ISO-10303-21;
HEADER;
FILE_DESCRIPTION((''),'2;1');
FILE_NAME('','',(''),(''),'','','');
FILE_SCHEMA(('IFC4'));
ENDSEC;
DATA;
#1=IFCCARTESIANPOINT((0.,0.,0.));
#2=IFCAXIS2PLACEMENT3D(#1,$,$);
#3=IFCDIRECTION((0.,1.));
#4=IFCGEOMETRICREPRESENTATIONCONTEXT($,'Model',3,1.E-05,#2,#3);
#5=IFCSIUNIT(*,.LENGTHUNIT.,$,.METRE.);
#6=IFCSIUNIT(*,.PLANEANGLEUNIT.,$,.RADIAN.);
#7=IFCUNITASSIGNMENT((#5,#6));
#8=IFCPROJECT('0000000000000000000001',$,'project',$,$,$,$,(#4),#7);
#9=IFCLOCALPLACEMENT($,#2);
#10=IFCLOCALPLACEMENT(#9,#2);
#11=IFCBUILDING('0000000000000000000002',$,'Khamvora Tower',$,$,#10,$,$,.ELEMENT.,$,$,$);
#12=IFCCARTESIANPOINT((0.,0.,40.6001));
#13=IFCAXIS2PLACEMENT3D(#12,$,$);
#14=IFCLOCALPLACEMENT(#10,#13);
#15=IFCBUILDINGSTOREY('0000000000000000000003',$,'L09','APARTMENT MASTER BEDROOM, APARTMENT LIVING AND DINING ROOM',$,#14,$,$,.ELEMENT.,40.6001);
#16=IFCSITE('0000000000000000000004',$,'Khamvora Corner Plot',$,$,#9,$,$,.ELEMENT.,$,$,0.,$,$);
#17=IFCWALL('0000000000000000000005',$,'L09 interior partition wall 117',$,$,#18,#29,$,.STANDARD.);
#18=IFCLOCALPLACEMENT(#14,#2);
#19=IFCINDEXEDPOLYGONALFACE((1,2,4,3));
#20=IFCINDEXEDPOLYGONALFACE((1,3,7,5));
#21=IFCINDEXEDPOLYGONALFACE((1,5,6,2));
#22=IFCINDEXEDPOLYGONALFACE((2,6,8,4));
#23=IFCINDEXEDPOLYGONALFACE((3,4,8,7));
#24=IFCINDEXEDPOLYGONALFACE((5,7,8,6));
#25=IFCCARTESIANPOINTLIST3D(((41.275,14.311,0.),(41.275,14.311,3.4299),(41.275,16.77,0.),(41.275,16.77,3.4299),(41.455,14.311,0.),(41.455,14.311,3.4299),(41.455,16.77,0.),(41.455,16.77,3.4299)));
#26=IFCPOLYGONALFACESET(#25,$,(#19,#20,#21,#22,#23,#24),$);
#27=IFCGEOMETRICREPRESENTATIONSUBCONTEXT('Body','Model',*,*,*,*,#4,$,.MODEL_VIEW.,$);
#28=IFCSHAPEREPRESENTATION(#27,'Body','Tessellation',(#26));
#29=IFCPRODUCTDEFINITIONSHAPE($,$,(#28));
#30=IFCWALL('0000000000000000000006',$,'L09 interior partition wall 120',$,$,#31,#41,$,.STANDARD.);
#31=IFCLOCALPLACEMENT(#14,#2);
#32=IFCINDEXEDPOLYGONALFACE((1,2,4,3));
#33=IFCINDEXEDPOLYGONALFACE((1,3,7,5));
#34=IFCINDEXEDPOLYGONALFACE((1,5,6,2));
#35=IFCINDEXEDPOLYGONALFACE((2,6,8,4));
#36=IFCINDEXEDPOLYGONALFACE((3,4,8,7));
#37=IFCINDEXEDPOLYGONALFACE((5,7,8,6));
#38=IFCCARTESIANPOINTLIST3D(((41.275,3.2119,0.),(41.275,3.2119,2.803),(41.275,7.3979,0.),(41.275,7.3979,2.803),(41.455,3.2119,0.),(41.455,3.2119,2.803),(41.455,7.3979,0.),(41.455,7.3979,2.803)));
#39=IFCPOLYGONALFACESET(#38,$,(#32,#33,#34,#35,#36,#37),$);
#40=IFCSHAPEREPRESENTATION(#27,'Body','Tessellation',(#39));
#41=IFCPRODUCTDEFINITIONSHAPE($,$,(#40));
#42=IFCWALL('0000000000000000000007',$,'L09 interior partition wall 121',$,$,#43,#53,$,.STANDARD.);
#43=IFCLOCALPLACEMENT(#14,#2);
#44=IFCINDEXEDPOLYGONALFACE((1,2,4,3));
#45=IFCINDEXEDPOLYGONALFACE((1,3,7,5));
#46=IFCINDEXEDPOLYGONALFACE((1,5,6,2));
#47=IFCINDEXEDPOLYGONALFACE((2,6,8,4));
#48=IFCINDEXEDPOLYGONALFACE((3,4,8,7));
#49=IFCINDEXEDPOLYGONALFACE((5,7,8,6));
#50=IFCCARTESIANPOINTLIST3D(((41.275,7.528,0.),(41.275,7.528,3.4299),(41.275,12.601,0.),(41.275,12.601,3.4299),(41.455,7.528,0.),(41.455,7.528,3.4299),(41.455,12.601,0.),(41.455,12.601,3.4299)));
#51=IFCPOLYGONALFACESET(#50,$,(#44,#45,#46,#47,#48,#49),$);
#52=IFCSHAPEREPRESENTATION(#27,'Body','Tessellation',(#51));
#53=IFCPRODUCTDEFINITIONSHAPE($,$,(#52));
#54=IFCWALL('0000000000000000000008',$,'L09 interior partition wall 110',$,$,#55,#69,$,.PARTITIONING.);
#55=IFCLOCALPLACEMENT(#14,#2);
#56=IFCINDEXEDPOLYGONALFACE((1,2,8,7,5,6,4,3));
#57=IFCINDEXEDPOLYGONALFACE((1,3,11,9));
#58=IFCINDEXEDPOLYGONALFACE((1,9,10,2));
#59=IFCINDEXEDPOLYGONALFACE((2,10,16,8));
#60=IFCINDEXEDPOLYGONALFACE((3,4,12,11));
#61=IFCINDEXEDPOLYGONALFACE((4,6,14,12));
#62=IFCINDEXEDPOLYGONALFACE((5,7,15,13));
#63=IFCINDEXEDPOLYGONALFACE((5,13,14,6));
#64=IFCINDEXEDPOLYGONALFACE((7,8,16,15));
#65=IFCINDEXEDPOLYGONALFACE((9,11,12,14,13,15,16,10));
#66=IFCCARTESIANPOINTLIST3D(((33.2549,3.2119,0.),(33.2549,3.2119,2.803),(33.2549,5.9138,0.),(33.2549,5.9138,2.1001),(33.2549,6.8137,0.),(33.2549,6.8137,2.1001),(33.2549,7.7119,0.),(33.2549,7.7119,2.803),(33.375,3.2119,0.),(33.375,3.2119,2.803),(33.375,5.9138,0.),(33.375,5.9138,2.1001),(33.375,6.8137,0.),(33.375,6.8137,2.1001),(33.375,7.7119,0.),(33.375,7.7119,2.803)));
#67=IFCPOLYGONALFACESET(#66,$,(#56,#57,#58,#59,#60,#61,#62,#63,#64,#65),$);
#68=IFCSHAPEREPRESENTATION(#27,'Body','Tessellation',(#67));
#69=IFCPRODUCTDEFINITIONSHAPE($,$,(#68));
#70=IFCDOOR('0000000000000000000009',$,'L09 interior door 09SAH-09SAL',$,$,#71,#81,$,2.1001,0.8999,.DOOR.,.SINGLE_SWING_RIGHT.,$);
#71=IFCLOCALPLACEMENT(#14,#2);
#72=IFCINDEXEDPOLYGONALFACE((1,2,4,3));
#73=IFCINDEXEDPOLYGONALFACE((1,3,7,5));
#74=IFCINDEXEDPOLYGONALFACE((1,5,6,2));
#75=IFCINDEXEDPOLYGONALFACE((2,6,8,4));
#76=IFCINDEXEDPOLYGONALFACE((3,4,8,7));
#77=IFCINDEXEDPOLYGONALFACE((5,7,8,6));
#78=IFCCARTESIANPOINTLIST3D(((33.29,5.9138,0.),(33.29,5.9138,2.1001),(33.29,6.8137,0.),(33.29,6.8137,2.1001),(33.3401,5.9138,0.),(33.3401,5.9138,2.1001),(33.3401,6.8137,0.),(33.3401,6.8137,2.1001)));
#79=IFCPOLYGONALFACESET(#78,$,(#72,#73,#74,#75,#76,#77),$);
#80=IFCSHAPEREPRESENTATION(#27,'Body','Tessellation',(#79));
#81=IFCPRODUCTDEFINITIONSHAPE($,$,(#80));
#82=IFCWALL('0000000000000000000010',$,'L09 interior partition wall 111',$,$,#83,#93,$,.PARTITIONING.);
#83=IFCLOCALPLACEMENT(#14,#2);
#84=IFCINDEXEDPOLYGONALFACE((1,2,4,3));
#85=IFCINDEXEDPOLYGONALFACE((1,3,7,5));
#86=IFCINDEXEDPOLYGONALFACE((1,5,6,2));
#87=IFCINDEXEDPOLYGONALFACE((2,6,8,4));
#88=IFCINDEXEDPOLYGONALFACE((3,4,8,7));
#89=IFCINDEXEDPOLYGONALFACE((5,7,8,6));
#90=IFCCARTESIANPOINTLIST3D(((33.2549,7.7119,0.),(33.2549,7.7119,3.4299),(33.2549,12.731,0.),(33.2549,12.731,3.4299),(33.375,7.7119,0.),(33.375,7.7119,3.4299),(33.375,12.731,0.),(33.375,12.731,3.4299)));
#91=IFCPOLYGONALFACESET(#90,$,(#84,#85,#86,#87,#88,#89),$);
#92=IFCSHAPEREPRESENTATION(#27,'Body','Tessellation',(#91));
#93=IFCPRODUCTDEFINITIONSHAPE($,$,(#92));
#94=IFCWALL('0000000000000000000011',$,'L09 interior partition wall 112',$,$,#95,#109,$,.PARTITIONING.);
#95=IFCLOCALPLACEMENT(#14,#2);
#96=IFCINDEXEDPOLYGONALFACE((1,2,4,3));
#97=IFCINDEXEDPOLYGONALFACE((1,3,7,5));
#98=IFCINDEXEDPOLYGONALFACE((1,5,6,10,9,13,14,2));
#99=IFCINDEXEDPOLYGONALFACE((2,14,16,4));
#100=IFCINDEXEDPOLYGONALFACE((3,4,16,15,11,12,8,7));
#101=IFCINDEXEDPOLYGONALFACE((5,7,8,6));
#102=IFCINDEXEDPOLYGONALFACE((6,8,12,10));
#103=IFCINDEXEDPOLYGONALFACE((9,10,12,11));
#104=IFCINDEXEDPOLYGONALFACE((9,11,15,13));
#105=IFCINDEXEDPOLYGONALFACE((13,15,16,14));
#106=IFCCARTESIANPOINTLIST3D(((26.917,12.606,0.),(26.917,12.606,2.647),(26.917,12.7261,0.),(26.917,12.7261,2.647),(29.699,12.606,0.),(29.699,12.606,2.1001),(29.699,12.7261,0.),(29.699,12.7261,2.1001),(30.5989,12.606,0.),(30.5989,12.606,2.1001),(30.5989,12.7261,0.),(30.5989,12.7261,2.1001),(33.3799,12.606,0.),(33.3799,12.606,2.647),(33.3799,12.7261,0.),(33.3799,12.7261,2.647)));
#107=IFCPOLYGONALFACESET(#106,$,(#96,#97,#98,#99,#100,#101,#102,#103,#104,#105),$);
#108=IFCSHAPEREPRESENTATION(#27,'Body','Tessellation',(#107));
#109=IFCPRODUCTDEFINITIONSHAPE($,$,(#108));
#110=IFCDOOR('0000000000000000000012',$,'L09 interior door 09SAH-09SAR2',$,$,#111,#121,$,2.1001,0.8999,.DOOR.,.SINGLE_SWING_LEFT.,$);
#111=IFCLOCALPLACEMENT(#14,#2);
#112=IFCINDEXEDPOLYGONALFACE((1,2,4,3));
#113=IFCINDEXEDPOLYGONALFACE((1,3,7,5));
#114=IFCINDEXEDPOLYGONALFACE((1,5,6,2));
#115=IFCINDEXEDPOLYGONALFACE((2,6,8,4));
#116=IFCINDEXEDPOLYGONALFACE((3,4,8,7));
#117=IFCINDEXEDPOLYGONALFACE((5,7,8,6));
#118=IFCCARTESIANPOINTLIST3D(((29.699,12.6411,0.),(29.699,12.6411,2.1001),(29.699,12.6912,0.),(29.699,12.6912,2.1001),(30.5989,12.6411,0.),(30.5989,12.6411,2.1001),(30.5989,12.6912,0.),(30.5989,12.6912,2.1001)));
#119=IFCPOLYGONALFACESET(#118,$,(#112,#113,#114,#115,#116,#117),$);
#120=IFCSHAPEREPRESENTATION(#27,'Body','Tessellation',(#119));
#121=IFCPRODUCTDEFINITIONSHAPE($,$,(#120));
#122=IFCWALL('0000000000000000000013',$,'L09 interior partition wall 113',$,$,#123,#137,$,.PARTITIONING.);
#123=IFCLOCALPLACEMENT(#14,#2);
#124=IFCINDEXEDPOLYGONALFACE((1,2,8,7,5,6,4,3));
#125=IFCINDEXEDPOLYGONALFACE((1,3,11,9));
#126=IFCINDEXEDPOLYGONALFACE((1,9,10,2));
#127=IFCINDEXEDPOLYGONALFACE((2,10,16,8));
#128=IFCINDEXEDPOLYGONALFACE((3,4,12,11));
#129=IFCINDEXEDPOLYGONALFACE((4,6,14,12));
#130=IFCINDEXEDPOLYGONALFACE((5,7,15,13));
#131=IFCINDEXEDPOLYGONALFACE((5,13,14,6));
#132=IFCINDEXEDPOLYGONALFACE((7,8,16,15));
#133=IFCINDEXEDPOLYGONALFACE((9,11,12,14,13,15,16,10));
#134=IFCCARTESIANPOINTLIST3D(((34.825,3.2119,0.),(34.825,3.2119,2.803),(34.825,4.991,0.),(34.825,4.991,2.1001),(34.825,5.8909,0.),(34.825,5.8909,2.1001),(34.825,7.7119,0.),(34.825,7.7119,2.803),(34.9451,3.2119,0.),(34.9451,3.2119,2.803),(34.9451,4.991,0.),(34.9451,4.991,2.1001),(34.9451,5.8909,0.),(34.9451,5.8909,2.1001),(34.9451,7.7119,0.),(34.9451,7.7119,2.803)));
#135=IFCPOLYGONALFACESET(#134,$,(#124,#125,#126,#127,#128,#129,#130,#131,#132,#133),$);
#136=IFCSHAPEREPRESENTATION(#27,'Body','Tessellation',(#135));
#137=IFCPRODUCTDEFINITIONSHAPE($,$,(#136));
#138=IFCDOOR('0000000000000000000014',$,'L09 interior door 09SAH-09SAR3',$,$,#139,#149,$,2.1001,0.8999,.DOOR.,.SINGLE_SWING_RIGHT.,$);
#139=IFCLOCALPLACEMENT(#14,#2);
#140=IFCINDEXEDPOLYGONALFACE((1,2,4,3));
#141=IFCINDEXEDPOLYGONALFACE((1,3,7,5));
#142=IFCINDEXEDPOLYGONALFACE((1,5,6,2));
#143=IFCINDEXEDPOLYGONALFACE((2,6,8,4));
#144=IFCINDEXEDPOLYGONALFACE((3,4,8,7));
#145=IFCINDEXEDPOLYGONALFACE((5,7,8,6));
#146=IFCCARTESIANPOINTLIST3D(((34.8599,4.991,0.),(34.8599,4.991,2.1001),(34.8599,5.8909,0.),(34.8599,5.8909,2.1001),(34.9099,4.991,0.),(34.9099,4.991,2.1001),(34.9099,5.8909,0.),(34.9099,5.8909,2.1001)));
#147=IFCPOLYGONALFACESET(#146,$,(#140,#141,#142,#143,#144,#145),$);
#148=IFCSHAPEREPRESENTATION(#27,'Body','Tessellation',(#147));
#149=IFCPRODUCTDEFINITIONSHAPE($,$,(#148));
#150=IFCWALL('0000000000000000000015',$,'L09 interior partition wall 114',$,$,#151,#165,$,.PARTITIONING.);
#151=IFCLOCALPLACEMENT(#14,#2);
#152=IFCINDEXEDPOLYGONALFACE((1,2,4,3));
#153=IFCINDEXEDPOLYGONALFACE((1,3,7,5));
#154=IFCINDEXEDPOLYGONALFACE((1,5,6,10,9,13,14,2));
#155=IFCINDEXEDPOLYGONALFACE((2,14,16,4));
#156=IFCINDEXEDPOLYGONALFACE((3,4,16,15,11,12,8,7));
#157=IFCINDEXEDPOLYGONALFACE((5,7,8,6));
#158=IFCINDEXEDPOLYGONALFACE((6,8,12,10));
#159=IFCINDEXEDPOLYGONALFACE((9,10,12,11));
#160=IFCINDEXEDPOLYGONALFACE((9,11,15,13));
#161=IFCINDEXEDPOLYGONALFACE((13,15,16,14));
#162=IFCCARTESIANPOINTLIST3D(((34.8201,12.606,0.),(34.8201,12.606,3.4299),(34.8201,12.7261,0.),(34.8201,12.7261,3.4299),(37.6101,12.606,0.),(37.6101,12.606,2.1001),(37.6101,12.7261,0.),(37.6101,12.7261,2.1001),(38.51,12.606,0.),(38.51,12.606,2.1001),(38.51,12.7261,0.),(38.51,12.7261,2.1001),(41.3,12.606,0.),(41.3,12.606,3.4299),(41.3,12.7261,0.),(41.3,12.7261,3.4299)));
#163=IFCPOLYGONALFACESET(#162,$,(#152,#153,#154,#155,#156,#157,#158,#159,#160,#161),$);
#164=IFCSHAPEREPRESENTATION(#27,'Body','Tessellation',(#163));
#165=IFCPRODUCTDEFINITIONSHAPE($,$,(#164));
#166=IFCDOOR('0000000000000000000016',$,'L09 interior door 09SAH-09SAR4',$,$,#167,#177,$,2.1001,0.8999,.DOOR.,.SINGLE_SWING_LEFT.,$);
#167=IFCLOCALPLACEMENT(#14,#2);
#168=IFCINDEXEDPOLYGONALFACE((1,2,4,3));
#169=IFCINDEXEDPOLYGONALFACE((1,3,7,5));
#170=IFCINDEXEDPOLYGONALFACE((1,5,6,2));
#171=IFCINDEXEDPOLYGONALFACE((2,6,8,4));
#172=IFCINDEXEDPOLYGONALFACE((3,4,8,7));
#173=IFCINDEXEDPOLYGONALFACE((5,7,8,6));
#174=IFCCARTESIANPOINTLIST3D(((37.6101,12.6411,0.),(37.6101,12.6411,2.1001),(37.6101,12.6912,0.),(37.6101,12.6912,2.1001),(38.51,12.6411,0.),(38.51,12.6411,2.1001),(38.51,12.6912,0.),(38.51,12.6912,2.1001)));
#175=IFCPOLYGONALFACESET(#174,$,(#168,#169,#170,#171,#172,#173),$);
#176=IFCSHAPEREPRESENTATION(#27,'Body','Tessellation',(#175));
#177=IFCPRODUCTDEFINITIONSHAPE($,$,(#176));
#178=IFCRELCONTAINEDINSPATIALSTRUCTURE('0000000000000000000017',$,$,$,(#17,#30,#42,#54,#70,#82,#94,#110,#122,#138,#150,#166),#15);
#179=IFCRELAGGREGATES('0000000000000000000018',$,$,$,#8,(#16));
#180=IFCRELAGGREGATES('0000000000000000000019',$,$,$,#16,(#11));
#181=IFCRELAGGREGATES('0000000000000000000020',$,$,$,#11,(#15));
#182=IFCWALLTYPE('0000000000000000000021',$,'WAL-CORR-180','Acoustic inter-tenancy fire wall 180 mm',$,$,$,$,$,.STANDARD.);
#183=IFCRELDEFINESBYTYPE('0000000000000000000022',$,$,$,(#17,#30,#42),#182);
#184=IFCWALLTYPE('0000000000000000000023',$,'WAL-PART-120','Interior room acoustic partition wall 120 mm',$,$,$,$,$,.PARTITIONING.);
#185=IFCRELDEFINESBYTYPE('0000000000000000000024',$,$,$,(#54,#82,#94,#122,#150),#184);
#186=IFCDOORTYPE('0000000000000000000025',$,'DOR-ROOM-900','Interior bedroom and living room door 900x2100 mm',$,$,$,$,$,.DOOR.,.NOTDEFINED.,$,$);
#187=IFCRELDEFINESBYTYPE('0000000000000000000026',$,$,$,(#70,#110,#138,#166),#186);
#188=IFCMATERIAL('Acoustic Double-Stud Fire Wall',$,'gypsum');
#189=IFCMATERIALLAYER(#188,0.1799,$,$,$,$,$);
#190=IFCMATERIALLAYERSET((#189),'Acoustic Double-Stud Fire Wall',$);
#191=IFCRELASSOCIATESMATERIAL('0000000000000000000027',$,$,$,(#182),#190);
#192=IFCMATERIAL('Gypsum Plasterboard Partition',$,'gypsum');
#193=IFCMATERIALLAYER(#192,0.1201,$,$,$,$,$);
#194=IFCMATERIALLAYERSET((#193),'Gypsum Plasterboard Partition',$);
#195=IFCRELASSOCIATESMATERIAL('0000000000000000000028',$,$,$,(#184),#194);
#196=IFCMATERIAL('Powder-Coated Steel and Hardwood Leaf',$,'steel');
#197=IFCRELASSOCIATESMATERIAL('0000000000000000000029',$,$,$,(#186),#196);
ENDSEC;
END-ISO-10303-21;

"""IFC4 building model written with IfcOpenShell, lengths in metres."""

from ifc_helpers import new_model, si_unit, direction, frame, frame_2d, origin, place, context, subcontext, project, spatial, rectangle, extrude, material, layer, layer_set, type_object, element, fill, save


model = new_model("IFC4")

# Units and contexts
model_context = context("Model", 3, precision=1e-05, world=origin(), true_north=direction((0.0, 1.0)))
body_context = subcontext(model_context, "Body", "Model", "MODEL_VIEW")
ifc_project = project(units=[si_unit("LENGTHUNIT", "METRE"), si_unit("PLANEANGLEUNIT", "RADIAN")], contexts=[model_context])

# Site, building, storey
site_placement = place(None, origin())
site = spatial("IfcSite", under=ifc_project, at=site_placement, Name="Khamvora Corner Plot", CompositionType="ELEMENT", RefElevation=0.0)
building_placement = place(site_placement, origin())
building = spatial("IfcBuilding", under=site, at=building_placement, Name="Khamvora Tower", CompositionType="ELEMENT")
storey_placement = place(building_placement, frame((0.0, 0.0, 40.6001)))
storey = spatial("IfcBuildingStorey", under=building, at=storey_placement, Name="L09", Description="APARTMENT MASTER BEDROOM, APARTMENT LIVING AND DINING ROOM", CompositionType="ELEMENT", Elevation=40.6001)

# Shared definitions
ifc_material_1 = material(Name="Powder-Coated Steel and Hardwood Leaf", Category="steel")

# Walls
ifc_material_2 = material(Name="Acoustic Double-Stud Fire Wall", Category="gypsum")
ifc_layer_1 = layer(ifc_material_2, 0.1799)
ifc_layer_set_1 = layer_set([ifc_layer_1], Name="Acoustic Double-Stud Fire Wall")
wall_type_1 = type_object("IfcWallType", Name="WAL-CORR-180", Description="Acoustic inter-tenancy fire wall 180 mm", PredefinedType="STANDARD", material=ifc_layer_set_1)
wall_1_placement = place(storey_placement, frame((41.365, 16.77, 0.0), z_axis=(0.0, 0.0, 1.0), x_axis=(0.0, -1.0, 0.0)))
element("IfcWall", 1, at=wall_1_placement, inside=storey, type_object=wall_type_1, Name="L09 interior partition wall 117", PredefinedType="STANDARD", context=body_context, shape_type="SweptSolid", body=[
    extrude(rectangle(XDim=2.459, YDim=0.1799, at=frame_2d((1.2295, 0.0))), origin(), (0.0, 0.0, 1.0), 3.4299),
])
wall_2_placement = place(storey_placement, frame((41.365, 7.3979, 0.0), z_axis=(0.0, 0.0, 1.0), x_axis=(0.0, -1.0, 0.0)))
element("IfcWall", 2, at=wall_2_placement, inside=storey, type_object=wall_type_1, Name="L09 interior partition wall 120", PredefinedType="STANDARD", context=body_context, shape_type="SweptSolid", body=[
    extrude(rectangle(XDim=4.186, YDim=0.1799, at=frame_2d((2.093, 0.0))), origin(), (0.0, 0.0, 1.0), 2.803),
])
wall_3_placement = place(storey_placement, frame((41.365, 12.6011, 0.0), z_axis=(0.0, 0.0, 1.0), x_axis=(0.0, -1.0, 0.0)))
element("IfcWall", 3, at=wall_3_placement, inside=storey, type_object=wall_type_1, Name="L09 interior partition wall 121", PredefinedType="STANDARD", context=body_context, shape_type="SweptSolid", body=[
    extrude(rectangle(XDim=5.073, YDim=0.1799, at=frame_2d((2.5366, 0.0))), origin(), (0.0, 0.0, 1.0), 3.4299),
])

# Wall, opening, door
ifc_material_3 = material(Name="Gypsum Plasterboard Partition", Category="gypsum")
ifc_layer_2 = layer(ifc_material_3, 0.1201)
ifc_layer_set_2 = layer_set([ifc_layer_2], Name="Gypsum Plasterboard Partition")
wall_type_2 = type_object("IfcWallType", Name="WAL-PART-120", Description="Interior room acoustic partition wall 120 mm", PredefinedType="PARTITIONING", material=ifc_layer_set_2)
wall_4_placement = place(storey_placement, frame((33.3149, 3.2119, 0.0), z_axis=(0.0, 0.0, 1.0), x_axis=(0.0, 1.0, 0.0)))
wall_4 = element("IfcWall", 4, at=wall_4_placement, inside=storey, type_object=wall_type_2, Name="L09 interior partition wall 110", PredefinedType="PARTITIONING", context=body_context, shape_type="SweptSolid", body=[
    extrude(rectangle(XDim=4.5, YDim=0.1201, at=frame_2d((2.25, 0.0))), origin(), (0.0, 0.0, 1.0), 2.803),
])
opening_1_placement = place(wall_4_placement, frame((2.7019, 0.0, 0.0)))
opening_1 = element("IfcOpeningElement", 5, at=opening_1_placement, cuts=wall_4, PredefinedType="OPENING", context=body_context, shape_type="SweptSolid", body=[
    extrude(rectangle(XDim=0.8999, YDim=2.1001, at=frame_2d((0.45, 1.05))), frame((0.0, 0.0701, 0.0), z_axis=(0.0, -1.0, 0.0), x_axis=(1.0, 0.0, 0.0)), (0.0, 0.0, 1.0), 0.1401),
])
door_type_1 = type_object("IfcDoorType", Name="DOR-ROOM-900", Description="Interior bedroom and living room door 900x2100 mm", OperationType="NOTDEFINED", PredefinedType="DOOR", material=ifc_material_1)
door_1_placement = place(opening_1_placement, origin())
door_1 = element("IfcDoor", 6, at=door_1_placement, inside=storey, type_object=door_type_1, Name="L09 interior door 09SAH-09SAL", OperationType="SINGLE_SWING_RIGHT", OverallHeight=2.1001, OverallWidth=0.8999, PredefinedType="DOOR", context=body_context, shape_type="SweptSolid", body=[
    extrude(rectangle(XDim=0.8999, YDim=2.1001, at=frame_2d((0.45, 1.05))), frame((0.0, 0.0249, 0.0), z_axis=(0.0, -1.0, 0.0), x_axis=(1.0, 0.0, 0.0)), (0.0, 0.0, 1.0), 0.05),
])
fill(opening_1, door_1)

# Wall
wall_5_placement = place(storey_placement, frame((33.3149, 7.7119, 0.0), z_axis=(0.0, 0.0, 1.0), x_axis=(0.0, 1.0, 0.0)))
element("IfcWall", 7, at=wall_5_placement, inside=storey, type_object=wall_type_2, Name="L09 interior partition wall 111", PredefinedType="PARTITIONING", context=body_context, shape_type="SweptSolid", body=[
    extrude(rectangle(XDim=5.019, YDim=0.1201, at=frame_2d((2.5095, 0.0))), origin(), (0.0, 0.0, 1.0), 3.4299),
])

# Walls, openings, doors
wall_6_placement = place(storey_placement, frame((33.3799, 12.666, 0.0), z_axis=(0.0, 0.0, 1.0), x_axis=(-1.0, 0.0, 0.0)))
wall_6 = element("IfcWall", 8, at=wall_6_placement, inside=storey, type_object=wall_type_2, Name="L09 interior partition wall 112", PredefinedType="PARTITIONING", context=body_context, shape_type="SweptSolid", body=[
    extrude(rectangle(XDim=6.4629, YDim=0.1201, at=frame_2d((3.2314, 0.0))), origin(), (0.0, 0.0, 1.0), 2.647),
])
opening_2_placement = place(wall_6_placement, frame((2.781, 0.0, 0.0)))
opening_2 = element("IfcOpeningElement", 9, at=opening_2_placement, cuts=wall_6, PredefinedType="OPENING", context=body_context, shape_type="SweptSolid", body=[
    extrude(rectangle(XDim=0.8999, YDim=2.1001, at=frame_2d((0.45, 1.05))), frame((0.0, 0.0701, 0.0), z_axis=(0.0, -1.0, 0.0), x_axis=(1.0, 0.0, 0.0)), (0.0, 0.0, 1.0), 0.1401),
])
door_2_placement = place(opening_2_placement, origin())
door_2 = element("IfcDoor", 10, at=door_2_placement, inside=storey, type_object=door_type_1, Name="L09 interior door 09SAH-09SAR2", OperationType="SINGLE_SWING_LEFT", OverallHeight=2.1001, OverallWidth=0.8999, PredefinedType="DOOR", context=body_context, shape_type="SweptSolid", body=[
    extrude(rectangle(XDim=0.8999, YDim=2.1001, at=frame_2d((0.45, 1.05))), frame((0.0, 0.0249, 0.0), z_axis=(0.0, -1.0, 0.0), x_axis=(1.0, 0.0, 0.0)), (0.0, 0.0, 1.0), 0.05),
])
fill(opening_2, door_2)
wall_7_placement = place(storey_placement, frame((34.885, 7.7119, 0.0), z_axis=(0.0, 0.0, 1.0), x_axis=(0.0, -1.0, 0.0)))
wall_7 = element("IfcWall", 11, at=wall_7_placement, inside=storey, type_object=wall_type_2, Name="L09 interior partition wall 113", PredefinedType="PARTITIONING", context=body_context, shape_type="SweptSolid", body=[
    extrude(rectangle(XDim=4.5, YDim=0.1201, at=frame_2d((2.25, 0.0))), origin(), (0.0, 0.0, 1.0), 2.803),
])
opening_3_placement = place(wall_7_placement, frame((1.821, 0.0, 0.0)))
opening_3 = element("IfcOpeningElement", 12, at=opening_3_placement, cuts=wall_7, PredefinedType="OPENING", context=body_context, shape_type="SweptSolid", body=[
    extrude(rectangle(XDim=0.8999, YDim=2.1001, at=frame_2d((0.45, 1.05))), frame((0.0, 0.0701, 0.0), z_axis=(0.0, -1.0, 0.0), x_axis=(1.0, 0.0, 0.0)), (0.0, 0.0, 1.0), 0.1401),
])
door_3_placement = place(opening_3_placement, origin())
door_3 = element("IfcDoor", 13, at=door_3_placement, inside=storey, type_object=door_type_1, Name="L09 interior door 09SAH-09SAR3", OperationType="SINGLE_SWING_RIGHT", OverallHeight=2.1001, OverallWidth=0.8999, PredefinedType="DOOR", context=body_context, shape_type="SweptSolid", body=[
    extrude(rectangle(XDim=0.8999, YDim=2.1001, at=frame_2d((0.45, 1.05))), frame((0.0, 0.0249, 0.0), z_axis=(0.0, -1.0, 0.0), x_axis=(1.0, 0.0, 0.0)), (0.0, 0.0, 1.0), 0.05),
])
fill(opening_3, door_3)
wall_8_placement = place(storey_placement, frame((41.3, 12.666, 0.0), z_axis=(0.0, 0.0, 1.0), x_axis=(-1.0, 0.0, 0.0)))
wall_8 = element("IfcWall", 14, at=wall_8_placement, inside=storey, type_object=wall_type_2, Name="L09 interior partition wall 114", PredefinedType="PARTITIONING", context=body_context, shape_type="SweptSolid", body=[
    extrude(rectangle(XDim=6.48, YDim=0.1201, at=frame_2d((3.24, 0.0))), origin(), (0.0, 0.0, 1.0), 3.4299),
])
opening_4_placement = place(wall_8_placement, frame((2.79, 0.0, 0.0)))
opening_4 = element("IfcOpeningElement", 15, at=opening_4_placement, cuts=wall_8, PredefinedType="OPENING", context=body_context, shape_type="SweptSolid", body=[
    extrude(rectangle(XDim=0.8999, YDim=2.1001, at=frame_2d((0.45, 1.05))), frame((0.0, 0.0701, 0.0), z_axis=(0.0, -1.0, 0.0), x_axis=(1.0, 0.0, 0.0)), (0.0, 0.0, 1.0), 0.1401),
])
door_4_placement = place(opening_4_placement, origin())
door_4 = element("IfcDoor", 16, at=door_4_placement, inside=storey, type_object=door_type_1, Name="L09 interior door 09SAH-09SAR4", OperationType="SINGLE_SWING_LEFT", OverallHeight=2.1001, OverallWidth=0.8999, PredefinedType="DOOR", context=body_context, shape_type="SweptSolid", body=[
    extrude(rectangle(XDim=0.8999, YDim=2.1001, at=frame_2d((0.45, 1.05))), frame((0.0, 0.0249, 0.0), z_axis=(0.0, -1.0, 0.0), x_axis=(1.0, 0.0, 0.0)), (0.0, 0.0, 1.0), 0.05),
])
fill(opening_4, door_4)

save(model, "model.ifc")
